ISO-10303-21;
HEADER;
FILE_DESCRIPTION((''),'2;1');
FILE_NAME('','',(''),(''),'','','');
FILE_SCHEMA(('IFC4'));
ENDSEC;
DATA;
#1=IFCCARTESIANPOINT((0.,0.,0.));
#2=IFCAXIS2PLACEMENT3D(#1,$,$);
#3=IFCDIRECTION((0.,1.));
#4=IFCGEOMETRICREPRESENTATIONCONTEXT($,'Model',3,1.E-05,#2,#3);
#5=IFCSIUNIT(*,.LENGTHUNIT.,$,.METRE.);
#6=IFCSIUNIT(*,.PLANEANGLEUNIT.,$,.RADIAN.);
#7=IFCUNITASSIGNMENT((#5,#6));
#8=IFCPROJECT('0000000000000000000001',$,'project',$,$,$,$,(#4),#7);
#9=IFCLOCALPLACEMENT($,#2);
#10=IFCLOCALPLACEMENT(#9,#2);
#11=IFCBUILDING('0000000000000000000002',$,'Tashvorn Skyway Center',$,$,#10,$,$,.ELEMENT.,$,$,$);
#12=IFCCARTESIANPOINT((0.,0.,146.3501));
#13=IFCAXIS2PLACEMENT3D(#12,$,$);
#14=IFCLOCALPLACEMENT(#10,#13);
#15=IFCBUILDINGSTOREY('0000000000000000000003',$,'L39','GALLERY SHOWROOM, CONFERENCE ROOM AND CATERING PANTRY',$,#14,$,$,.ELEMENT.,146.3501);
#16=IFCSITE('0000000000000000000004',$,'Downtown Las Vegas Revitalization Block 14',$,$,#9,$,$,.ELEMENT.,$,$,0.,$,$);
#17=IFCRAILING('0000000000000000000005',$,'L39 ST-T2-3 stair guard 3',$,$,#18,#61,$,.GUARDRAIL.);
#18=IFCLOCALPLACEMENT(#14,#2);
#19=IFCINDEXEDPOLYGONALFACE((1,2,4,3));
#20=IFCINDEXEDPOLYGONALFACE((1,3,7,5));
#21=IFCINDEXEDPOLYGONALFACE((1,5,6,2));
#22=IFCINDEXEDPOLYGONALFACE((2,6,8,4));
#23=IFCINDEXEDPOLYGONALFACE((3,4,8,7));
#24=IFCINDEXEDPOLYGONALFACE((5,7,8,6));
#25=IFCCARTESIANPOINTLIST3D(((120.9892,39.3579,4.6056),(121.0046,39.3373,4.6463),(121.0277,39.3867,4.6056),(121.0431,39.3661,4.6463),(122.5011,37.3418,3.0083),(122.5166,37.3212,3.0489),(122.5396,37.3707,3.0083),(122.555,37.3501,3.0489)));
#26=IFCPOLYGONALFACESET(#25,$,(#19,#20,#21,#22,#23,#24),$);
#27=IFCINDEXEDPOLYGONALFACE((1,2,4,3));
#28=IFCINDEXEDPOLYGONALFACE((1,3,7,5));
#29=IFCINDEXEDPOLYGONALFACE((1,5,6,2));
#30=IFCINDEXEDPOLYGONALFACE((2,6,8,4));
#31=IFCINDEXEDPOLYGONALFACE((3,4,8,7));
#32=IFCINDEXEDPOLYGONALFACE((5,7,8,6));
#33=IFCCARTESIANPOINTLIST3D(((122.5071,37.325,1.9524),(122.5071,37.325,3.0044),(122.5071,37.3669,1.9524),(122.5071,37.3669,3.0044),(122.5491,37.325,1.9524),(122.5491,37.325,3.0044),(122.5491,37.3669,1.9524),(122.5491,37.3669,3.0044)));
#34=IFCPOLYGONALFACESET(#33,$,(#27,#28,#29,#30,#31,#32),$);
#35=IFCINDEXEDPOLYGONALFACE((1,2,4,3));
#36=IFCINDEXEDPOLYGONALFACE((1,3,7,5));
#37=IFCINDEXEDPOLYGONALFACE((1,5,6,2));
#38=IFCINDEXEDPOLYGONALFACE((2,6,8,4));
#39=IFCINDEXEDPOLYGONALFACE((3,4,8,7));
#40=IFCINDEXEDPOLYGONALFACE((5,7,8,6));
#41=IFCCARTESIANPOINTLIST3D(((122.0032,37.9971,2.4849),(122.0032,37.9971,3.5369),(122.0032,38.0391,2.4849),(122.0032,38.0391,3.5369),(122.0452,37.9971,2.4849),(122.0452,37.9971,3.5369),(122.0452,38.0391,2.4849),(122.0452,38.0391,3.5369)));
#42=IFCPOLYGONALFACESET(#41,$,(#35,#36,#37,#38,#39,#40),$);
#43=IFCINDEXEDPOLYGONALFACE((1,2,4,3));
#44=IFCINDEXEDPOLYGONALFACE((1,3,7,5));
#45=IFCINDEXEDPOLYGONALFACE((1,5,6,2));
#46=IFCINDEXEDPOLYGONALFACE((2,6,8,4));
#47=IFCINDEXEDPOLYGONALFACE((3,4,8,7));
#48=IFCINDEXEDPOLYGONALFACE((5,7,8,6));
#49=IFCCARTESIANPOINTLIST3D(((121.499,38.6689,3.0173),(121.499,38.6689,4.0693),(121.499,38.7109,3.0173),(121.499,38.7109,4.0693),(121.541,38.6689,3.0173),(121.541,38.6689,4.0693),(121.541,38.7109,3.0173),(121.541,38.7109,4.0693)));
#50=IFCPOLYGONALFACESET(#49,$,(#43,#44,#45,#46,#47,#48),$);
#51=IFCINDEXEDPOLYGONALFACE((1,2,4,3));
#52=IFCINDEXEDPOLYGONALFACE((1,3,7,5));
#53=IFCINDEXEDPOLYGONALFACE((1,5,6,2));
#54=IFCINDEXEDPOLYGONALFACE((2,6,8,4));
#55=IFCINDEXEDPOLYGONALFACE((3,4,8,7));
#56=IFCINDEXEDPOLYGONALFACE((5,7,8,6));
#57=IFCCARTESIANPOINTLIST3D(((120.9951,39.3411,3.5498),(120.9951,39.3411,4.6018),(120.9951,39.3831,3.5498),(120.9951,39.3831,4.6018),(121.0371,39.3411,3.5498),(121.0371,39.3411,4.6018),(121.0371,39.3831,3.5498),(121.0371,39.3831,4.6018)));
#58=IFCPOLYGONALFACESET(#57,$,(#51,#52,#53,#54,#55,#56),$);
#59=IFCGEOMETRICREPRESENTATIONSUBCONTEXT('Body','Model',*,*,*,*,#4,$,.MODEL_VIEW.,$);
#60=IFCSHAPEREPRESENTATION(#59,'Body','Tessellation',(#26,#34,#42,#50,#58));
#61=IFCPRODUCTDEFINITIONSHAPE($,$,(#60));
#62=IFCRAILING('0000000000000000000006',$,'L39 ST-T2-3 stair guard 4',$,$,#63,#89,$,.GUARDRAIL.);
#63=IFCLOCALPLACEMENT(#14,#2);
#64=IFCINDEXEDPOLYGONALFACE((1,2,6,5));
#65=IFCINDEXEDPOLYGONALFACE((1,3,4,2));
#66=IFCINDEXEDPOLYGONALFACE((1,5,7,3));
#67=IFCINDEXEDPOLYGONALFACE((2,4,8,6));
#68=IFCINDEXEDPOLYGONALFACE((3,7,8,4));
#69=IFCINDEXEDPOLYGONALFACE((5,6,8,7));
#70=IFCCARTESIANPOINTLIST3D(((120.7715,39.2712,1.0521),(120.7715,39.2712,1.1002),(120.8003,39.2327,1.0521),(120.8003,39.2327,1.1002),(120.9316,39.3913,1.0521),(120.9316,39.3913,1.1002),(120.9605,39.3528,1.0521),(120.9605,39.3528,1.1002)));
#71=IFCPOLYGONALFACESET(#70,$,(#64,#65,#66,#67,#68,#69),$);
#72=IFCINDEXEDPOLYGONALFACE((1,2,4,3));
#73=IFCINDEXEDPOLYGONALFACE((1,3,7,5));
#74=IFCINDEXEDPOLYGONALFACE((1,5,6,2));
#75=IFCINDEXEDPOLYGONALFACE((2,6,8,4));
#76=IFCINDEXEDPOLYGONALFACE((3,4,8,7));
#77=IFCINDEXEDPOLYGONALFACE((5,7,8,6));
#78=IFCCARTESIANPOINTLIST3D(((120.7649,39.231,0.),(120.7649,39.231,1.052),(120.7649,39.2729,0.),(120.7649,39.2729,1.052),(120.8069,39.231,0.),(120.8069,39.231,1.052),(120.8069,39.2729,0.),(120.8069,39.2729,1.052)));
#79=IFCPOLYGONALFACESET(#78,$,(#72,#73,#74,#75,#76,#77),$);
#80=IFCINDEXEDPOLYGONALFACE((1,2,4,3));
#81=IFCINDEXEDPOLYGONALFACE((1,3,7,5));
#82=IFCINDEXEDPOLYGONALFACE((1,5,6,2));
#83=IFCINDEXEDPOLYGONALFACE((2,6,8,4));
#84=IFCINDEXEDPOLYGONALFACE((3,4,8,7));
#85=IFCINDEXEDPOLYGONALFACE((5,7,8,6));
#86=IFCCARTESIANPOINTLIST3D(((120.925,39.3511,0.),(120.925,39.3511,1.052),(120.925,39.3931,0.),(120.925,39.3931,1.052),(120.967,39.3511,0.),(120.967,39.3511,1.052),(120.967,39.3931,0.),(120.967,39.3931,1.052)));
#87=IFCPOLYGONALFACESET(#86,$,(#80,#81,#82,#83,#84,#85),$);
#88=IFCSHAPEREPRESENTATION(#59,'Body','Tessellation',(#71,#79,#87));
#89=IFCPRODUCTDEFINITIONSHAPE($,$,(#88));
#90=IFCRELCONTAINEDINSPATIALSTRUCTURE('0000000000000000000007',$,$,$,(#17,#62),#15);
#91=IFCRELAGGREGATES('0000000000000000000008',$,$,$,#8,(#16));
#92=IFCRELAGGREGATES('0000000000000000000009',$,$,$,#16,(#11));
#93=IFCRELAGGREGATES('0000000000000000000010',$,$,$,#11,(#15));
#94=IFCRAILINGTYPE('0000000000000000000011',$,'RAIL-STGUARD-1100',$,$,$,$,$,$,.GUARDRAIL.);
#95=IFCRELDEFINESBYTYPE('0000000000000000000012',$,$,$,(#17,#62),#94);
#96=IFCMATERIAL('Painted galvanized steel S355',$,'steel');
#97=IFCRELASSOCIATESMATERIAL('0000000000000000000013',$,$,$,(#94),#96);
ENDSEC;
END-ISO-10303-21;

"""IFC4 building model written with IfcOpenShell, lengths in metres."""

from ifc_helpers import new_model, si_unit, direction, frame, origin, origin_2d, place, context, subcontext, project, spatial, rectangle, extrude, material, type_object, element, save


model = new_model("IFC4")

# Units and contexts
model_context = context("Model", 3, precision=1e-05, world=origin(), true_north=direction((0.0, 1.0)))
body_context = subcontext(model_context, "Body", "Model", "MODEL_VIEW")
ifc_project = project(units=[si_unit("LENGTHUNIT", "METRE"), si_unit("PLANEANGLEUNIT", "RADIAN")], contexts=[model_context])

# Site, building, storey
site_placement = place(None, origin())
site = spatial("IfcSite", under=ifc_project, at=site_placement, Name="Downtown Las Vegas Revitalization Block 14", CompositionType="ELEMENT", RefElevation=0.0)
building_placement = place(site_placement, origin())
building = spatial("IfcBuilding", under=site, at=building_placement, Name="Tashvorn Skyway Center", CompositionType="ELEMENT")
storey_placement = place(building_placement, frame((0.0, 0.0, 146.3501)))
storey = spatial("IfcBuildingStorey", under=building, at=storey_placement, Name="L39", Description="GALLERY SHOWROOM, CONFERENCE ROOM AND CATERING PANTRY", CompositionType="ELEMENT", Elevation=146.3501)

# Railings
ifc_material_1 = material(Name="Painted galvanized steel S355", Category="steel")
railing_type_1 = type_object("IfcRailingType", Name="RAIL-STGUARD-1100", PredefinedType="GUARDRAIL", material=ifc_material_1)
railing_1_placement = place(storey_placement, frame((122.5281, 37.3459, 1.9524)))
element("IfcRailing", 1, at=railing_1_placement, inside=storey, type_object=railing_type_1, Name="L39 ST-T2-3 stair guard 3", PredefinedType="GUARDRAIL", context=body_context, shape_type="SweptSolid", body=[
    extrude(rectangle(XDim=0.0481, YDim=0.0481, at=origin_2d()), frame((0.0, 0.0, 1.0762), z_axis=(-0.506741, 0.675709, 0.535379), x_axis=(-0.800023, -0.599969, 0.0)), (0.0, 0.0, 1.0), 2.9836),
    extrude(rectangle(XDim=0.042, YDim=0.042, at=origin_2d()), origin(), (0.0, 0.0, 1.0), 1.052),
    extrude(rectangle(XDim=0.042, YDim=0.042, at=origin_2d()), frame((-0.5039, 0.6721, 0.5325)), (0.0, 0.0, 1.0), 1.052),
    extrude(rectangle(XDim=0.042, YDim=0.042, at=origin_2d()), frame((-1.0081, 1.344, 1.0649)), (0.0, 0.0, 1.0), 1.052),
    extrude(rectangle(XDim=0.042, YDim=0.042, at=origin_2d()), frame((-1.512, 2.0161, 1.5974)), (0.0, 0.0, 1.0), 1.052),
])
railing_2_placement = place(storey_placement, frame((120.7859, 39.252, 0.0)))
element("IfcRailing", 2, at=railing_2_placement, inside=storey, type_object=railing_type_1, Name="L39 ST-T2-3 stair guard 4", PredefinedType="GUARDRAIL", context=body_context, shape_type="SweptSolid", body=[
    extrude(rectangle(XDim=0.0481, YDim=0.0481, at=origin_2d()), frame((0.0, 0.0, 1.0762), z_axis=(0.8, 0.6, 0.0), x_axis=(-0.6, 0.8, 0.0)), (0.0, 0.0, 1.0), 0.2002),
    extrude(rectangle(XDim=0.042, YDim=0.042, at=origin_2d()), origin(), (0.0, 0.0, 1.0), 1.052),
    extrude(rectangle(XDim=0.042, YDim=0.042, at=origin_2d()), frame((0.1602, 0.1201, 0.0)), (0.0, 0.0, 1.0), 1.052),
])

save(model, "model.ifc")
